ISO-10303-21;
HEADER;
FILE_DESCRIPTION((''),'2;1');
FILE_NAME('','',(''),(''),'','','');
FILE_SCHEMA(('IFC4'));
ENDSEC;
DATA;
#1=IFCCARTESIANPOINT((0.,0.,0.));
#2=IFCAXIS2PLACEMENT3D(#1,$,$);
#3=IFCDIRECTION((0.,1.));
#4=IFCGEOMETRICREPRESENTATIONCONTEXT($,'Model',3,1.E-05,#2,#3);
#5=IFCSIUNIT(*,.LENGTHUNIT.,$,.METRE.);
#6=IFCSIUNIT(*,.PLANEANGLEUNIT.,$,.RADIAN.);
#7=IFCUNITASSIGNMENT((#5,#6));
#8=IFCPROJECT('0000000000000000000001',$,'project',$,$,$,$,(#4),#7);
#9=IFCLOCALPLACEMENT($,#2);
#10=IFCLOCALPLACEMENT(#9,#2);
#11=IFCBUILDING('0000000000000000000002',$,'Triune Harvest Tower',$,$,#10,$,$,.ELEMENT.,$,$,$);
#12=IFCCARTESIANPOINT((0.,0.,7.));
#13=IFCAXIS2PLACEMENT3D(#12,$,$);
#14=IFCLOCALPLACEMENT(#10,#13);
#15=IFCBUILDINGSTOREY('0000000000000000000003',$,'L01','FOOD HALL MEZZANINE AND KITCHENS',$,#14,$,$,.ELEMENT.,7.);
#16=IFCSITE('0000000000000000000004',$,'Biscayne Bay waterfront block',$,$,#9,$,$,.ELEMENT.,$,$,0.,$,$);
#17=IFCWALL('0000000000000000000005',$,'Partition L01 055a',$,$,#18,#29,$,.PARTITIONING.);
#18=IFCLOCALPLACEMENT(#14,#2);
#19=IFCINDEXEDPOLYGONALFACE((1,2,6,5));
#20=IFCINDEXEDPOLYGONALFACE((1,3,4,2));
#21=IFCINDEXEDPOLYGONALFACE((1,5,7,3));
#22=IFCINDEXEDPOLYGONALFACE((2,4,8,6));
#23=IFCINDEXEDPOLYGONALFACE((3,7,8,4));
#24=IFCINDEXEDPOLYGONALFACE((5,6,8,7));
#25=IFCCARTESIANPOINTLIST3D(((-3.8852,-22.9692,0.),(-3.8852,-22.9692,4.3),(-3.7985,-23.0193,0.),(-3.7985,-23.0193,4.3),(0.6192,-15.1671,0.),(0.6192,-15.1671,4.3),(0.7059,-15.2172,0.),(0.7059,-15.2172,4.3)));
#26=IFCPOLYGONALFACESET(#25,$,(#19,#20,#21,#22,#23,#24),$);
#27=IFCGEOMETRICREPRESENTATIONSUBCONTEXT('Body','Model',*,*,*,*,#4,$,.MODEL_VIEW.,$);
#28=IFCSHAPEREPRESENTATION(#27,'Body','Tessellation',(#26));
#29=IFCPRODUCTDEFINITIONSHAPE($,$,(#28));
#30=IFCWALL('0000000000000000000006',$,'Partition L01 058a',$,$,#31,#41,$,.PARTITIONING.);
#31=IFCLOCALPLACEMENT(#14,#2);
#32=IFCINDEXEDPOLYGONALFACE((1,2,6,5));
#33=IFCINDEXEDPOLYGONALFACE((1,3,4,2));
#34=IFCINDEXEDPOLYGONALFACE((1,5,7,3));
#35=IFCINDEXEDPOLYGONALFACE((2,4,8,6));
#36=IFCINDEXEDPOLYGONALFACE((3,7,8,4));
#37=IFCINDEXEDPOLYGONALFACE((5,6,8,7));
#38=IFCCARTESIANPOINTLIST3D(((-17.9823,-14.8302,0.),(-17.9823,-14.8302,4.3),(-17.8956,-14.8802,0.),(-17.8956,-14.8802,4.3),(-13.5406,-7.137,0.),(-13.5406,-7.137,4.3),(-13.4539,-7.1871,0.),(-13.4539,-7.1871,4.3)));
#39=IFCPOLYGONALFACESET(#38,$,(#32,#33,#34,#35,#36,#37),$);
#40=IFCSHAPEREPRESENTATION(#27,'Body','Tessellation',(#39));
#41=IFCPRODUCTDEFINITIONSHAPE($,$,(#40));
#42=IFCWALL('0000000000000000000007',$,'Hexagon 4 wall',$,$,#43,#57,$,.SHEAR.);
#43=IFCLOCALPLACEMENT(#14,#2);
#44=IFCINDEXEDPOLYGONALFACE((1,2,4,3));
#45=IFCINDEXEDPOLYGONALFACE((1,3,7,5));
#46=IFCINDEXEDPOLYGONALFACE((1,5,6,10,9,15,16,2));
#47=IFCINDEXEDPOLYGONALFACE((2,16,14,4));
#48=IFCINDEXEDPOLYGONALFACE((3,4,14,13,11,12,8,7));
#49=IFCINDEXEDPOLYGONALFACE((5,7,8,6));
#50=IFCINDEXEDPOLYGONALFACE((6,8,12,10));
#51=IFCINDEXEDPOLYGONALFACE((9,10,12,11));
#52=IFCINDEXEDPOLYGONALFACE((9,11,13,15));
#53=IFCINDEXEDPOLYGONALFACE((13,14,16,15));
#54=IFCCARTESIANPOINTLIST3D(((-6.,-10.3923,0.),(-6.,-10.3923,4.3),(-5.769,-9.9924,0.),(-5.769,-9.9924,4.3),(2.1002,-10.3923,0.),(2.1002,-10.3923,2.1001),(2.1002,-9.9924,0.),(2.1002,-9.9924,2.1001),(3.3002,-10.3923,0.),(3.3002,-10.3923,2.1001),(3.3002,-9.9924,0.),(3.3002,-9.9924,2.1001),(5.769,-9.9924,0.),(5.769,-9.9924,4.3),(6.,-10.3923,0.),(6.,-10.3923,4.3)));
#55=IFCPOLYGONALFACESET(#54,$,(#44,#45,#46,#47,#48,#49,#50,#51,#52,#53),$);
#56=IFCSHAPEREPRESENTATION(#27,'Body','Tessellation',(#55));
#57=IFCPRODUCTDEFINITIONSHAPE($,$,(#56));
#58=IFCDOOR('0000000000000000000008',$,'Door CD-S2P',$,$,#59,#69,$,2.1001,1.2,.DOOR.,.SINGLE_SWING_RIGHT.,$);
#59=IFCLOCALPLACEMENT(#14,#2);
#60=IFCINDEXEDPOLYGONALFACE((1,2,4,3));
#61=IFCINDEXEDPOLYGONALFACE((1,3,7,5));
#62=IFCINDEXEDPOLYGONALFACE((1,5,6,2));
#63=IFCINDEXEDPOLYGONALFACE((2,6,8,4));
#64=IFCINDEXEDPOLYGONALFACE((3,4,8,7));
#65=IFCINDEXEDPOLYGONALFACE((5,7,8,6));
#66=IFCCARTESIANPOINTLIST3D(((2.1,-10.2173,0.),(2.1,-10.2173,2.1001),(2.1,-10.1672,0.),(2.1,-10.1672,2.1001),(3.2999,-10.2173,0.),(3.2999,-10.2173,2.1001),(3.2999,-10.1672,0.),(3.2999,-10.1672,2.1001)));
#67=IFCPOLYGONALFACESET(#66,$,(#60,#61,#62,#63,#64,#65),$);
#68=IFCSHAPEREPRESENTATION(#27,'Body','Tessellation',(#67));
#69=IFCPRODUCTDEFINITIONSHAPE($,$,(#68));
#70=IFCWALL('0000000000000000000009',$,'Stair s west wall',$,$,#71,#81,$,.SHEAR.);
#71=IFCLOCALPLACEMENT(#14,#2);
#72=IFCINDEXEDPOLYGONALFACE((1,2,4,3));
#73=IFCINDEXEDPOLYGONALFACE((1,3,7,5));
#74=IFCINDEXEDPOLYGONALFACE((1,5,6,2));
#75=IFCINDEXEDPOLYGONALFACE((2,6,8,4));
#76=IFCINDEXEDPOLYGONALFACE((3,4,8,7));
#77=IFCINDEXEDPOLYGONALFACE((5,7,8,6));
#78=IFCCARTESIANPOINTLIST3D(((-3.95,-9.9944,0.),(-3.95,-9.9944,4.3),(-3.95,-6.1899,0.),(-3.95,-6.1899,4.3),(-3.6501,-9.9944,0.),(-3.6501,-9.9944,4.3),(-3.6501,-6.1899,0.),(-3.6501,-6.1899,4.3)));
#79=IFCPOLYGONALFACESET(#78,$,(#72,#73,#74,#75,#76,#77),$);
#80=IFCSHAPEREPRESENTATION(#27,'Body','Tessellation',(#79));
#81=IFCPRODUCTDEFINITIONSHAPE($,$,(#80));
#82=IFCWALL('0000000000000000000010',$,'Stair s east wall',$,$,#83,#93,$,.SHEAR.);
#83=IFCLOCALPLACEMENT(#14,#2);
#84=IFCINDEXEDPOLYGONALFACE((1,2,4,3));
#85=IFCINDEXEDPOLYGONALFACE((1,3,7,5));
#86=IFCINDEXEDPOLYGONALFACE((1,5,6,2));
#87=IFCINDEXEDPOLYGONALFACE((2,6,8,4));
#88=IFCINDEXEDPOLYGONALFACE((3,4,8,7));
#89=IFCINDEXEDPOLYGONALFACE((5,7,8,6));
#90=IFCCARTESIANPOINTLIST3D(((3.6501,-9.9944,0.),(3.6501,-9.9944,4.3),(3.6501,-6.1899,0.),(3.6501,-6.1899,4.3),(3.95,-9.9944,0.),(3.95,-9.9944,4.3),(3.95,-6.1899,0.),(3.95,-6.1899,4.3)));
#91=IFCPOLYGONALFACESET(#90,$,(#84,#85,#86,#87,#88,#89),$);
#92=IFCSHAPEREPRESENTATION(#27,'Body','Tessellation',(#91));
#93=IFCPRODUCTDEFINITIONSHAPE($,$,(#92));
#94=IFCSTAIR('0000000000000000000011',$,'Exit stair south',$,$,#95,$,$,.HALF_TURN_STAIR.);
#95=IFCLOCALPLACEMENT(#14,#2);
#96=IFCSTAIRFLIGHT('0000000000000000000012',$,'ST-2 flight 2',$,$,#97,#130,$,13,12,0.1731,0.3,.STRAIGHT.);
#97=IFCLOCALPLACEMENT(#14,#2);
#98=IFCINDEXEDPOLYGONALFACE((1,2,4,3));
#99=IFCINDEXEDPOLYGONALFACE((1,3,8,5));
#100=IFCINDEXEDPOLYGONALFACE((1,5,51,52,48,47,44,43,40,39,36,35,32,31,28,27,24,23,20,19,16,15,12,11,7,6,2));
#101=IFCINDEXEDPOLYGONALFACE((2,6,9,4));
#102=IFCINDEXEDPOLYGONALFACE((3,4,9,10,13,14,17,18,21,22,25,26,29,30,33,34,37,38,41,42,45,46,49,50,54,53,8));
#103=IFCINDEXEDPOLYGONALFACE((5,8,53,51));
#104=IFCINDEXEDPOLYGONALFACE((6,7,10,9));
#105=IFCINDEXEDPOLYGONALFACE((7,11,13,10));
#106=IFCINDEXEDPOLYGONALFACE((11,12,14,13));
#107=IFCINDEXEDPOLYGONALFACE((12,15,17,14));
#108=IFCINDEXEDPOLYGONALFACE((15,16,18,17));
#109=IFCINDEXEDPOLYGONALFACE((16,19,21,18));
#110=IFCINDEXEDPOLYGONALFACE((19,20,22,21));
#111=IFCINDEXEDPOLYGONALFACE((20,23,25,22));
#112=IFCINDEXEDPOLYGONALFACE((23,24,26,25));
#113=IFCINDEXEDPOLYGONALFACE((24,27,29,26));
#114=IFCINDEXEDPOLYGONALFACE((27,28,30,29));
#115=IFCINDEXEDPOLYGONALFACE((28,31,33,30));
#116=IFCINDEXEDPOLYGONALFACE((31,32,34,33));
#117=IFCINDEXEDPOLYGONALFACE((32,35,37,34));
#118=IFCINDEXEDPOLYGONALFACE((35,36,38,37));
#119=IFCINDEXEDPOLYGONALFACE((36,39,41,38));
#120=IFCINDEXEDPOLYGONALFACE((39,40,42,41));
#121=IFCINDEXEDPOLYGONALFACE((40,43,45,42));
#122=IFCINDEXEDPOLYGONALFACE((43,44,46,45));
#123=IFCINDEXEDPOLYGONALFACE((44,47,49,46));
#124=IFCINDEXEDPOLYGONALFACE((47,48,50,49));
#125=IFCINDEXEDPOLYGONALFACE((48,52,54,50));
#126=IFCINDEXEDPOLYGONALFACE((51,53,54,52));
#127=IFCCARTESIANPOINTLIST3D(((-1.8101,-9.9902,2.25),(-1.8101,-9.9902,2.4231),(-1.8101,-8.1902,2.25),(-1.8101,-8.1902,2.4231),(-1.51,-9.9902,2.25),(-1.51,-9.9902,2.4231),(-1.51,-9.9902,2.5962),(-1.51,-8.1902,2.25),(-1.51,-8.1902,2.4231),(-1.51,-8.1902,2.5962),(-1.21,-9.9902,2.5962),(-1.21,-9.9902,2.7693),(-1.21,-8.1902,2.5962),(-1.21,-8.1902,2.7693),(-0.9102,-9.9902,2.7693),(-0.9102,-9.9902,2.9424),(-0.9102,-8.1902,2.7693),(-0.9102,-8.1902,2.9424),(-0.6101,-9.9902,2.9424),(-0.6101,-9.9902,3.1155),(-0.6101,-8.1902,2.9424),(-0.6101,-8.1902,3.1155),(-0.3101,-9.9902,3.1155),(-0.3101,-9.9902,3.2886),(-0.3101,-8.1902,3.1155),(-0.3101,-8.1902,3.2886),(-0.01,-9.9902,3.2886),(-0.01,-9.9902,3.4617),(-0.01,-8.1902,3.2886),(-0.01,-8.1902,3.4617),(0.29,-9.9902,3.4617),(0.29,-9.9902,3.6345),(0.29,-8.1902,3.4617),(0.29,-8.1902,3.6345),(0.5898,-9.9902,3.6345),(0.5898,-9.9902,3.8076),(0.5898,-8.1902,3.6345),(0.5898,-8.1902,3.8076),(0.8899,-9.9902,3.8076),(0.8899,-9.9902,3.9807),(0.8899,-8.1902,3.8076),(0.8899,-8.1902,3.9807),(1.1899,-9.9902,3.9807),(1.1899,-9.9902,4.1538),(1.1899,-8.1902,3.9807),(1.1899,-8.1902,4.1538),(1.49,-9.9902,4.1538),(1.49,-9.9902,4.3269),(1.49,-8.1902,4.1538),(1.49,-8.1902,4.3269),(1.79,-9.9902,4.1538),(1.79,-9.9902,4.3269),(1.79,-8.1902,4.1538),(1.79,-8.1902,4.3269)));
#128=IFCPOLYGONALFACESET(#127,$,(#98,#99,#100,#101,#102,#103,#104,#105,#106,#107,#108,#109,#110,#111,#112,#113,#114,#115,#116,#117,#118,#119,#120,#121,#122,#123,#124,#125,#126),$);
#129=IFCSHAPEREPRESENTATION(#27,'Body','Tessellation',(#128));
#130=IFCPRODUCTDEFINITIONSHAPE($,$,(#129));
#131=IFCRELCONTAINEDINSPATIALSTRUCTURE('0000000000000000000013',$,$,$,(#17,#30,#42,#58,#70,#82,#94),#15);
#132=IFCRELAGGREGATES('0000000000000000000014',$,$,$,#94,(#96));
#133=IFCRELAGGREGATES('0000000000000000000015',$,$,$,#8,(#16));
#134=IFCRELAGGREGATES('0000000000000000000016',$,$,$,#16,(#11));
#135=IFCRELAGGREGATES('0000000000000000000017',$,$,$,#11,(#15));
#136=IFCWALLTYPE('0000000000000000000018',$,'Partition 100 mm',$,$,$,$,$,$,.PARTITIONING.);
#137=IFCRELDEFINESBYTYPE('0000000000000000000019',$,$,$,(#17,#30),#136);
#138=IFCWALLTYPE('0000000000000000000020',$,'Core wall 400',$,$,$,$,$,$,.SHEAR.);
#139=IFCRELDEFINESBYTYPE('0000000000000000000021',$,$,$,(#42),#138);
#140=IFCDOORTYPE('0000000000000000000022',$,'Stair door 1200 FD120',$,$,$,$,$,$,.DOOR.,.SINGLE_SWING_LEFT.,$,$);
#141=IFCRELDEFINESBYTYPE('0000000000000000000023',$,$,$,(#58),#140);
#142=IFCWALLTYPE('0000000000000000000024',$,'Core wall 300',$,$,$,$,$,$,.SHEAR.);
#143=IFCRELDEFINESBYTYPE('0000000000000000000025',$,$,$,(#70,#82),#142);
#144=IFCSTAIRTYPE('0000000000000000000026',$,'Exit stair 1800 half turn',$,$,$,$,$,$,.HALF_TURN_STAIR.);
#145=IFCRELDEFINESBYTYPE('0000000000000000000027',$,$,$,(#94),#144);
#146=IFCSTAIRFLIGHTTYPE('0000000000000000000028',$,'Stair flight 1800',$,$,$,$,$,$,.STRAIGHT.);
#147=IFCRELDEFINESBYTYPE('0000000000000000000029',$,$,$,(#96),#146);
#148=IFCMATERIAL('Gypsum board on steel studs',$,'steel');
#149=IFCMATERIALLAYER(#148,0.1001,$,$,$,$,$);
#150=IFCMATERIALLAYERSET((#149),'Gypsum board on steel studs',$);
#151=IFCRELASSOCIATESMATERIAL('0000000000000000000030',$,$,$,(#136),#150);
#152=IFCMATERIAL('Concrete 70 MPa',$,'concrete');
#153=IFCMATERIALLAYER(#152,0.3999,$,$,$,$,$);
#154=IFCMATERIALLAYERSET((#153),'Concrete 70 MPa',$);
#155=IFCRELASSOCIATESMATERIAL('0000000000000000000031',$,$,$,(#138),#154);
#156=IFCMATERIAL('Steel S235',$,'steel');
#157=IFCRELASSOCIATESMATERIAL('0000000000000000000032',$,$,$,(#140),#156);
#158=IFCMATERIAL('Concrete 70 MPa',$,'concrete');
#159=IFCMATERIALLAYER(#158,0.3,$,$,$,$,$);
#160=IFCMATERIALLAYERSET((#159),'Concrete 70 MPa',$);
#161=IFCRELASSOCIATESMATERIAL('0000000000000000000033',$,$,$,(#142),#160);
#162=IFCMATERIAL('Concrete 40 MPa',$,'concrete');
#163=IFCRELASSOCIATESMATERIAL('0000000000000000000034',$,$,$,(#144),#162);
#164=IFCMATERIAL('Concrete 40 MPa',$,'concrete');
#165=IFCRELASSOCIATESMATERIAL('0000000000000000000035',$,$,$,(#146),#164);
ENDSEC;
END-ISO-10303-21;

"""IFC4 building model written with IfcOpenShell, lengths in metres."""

from ifc_helpers import new_model, si_unit, direction, frame, frame_2d, origin, place, context, subcontext, project, spatial, polyline, rectangle, outline, extrude, source, transform, mapped, material, layer, layer_set, type_object, element, fill, aggregate, save


model = new_model("IFC4")

# Units and contexts
model_context = context("Model", 3, precision=1e-05, world=origin(), true_north=direction((0.0, 1.0)))
body_context = subcontext(model_context, "Body", "Model", "MODEL_VIEW")
ifc_project = project(units=[si_unit("LENGTHUNIT", "METRE"), si_unit("PLANEANGLEUNIT", "RADIAN")], contexts=[model_context])

# Site, building, storey
site_placement = place(None, origin())
site = spatial("IfcSite", under=ifc_project, at=site_placement, Name="Biscayne Bay waterfront block", CompositionType="ELEMENT", RefElevation=0.0)
building_placement = place(site_placement, origin())
building = spatial("IfcBuilding", under=site, at=building_placement, Name="Triune Harvest Tower", CompositionType="ELEMENT")
storey_placement = place(building_placement, frame((0.0, 0.0, 7.0)))
storey = spatial("IfcBuildingStorey", under=building, at=storey_placement, Name="L01", Description="FOOD HALL MEZZANINE AND KITCHENS", CompositionType="ELEMENT", Elevation=7.0)

# Walls
ifc_material_1 = material(Name="Gypsum board on steel studs", Category="steel")
ifc_layer_1 = layer(ifc_material_1, 0.1001)
ifc_layer_set_1 = layer_set([ifc_layer_1], Name="Gypsum board on steel studs")
wall_type_1 = type_object("IfcWallType", Name="Partition 100 mm", PredefinedType="PARTITIONING", material=ifc_layer_set_1)
wall_1_placement = place(storey_placement, frame((-3.8418, -22.9941, 0.0), z_axis=(0.0, 0.0, 1.0), x_axis=(0.499992, 0.86603, 0.0)))
element("IfcWall", 1, at=wall_1_placement, inside=storey, type_object=wall_type_1, Name="Partition L01 055a", PredefinedType="PARTITIONING", context=body_context, shape_type="SweptSolid", body=[
    extrude(rectangle(XDim=9.009, YDim=0.1001, at=frame_2d((4.5044, 0.0))), origin(), (0.0, 0.0, 1.0), 4.3),
])
wall_2_placement = place(storey_placement, frame((-17.939, -14.8552, 0.0), z_axis=(0.0, 0.0, 1.0), x_axis=(0.500002, 0.866024, 0.0)))
element("IfcWall", 2, at=wall_2_placement, inside=storey, type_object=wall_type_1, Name="Partition L01 058a", PredefinedType="PARTITIONING", context=body_context, shape_type="SweptSolid", body=[
    extrude(rectangle(XDim=8.8833, YDim=0.1001, at=frame_2d((4.4417, 0.0))), origin(), (0.0, 0.0, 1.0), 4.3),
])

# Wall, opening, door
ifc_material_2 = material(Name="Concrete 70 MPa", Category="concrete")
ifc_layer_2 = layer(ifc_material_2, 0.3999)
ifc_layer_set_2 = layer_set([ifc_layer_2], Name="Concrete 70 MPa")
wall_type_2 = type_object("IfcWallType", Name="Core wall 400", PredefinedType="SHEAR", material=ifc_layer_set_2)
shared_shape_1 = source(origin(), body_context, "Body", "SweptSolid", [
    extrude(outline(polyline([(-0.1155, -0.2), (11.8845, -0.2), (11.6536, 0.2), (0.1155, 0.2), (-0.1155, -0.2)])), origin(), (0.0, 0.0, 1.0), 4.3),
])
wall_3_placement = place(storey_placement, frame((-5.8845, -10.1924, 0.0), z_axis=(0.0, 0.0, 1.0), x_axis=(1.0, 0.0, 0.0)))
wall_3 = element("IfcWall", 3, at=wall_3_placement, inside=storey, type_object=wall_type_2, Name="Hexagon 4 wall", PredefinedType="SHEAR", context=body_context, shape_type="MappedRepresentation", body=[
    mapped(shared_shape_1, transform((0.0, 0.0, 0.0), scale=1.0)),
])
opening_1_placement = place(wall_3_placement, frame((7.9846, 0.0, 0.0)))
opening_1 = element("IfcOpeningElement", 4, at=opening_1_placement, cuts=wall_3, PredefinedType="OPENING", context=body_context, shape_type="SweptSolid", body=[
    extrude(rectangle(XDim=1.2, YDim=2.1001, at=frame_2d((0.6001, 1.05))), frame((0.0, 0.21, 0.0), z_axis=(0.0, -1.0, 0.0), x_axis=(1.0, 0.0, 0.0)), (0.0, 0.0, 1.0), 0.4199),
])
ifc_material_3 = material(Name="Steel S235", Category="steel")
door_type_1 = type_object("IfcDoorType", Name="Stair door 1200 FD120", OperationType="SINGLE_SWING_LEFT", PredefinedType="DOOR", material=ifc_material_3)
door_1_placement = place(opening_1_placement, frame((1.2, 0.0, 0.0), z_axis=(0.0, 0.0, 1.0), x_axis=(-1.0, 0.0, 0.0)))
door_1 = element("IfcDoor", 5, at=door_1_placement, inside=storey, type_object=door_type_1, Name="Door CD-S2P", OperationType="SINGLE_SWING_RIGHT", OverallHeight=2.1001, OverallWidth=1.2, PredefinedType="DOOR", context=body_context, shape_type="SweptSolid", body=[
    extrude(rectangle(XDim=1.2, YDim=2.1001, at=frame_2d((0.6001, 1.05))), frame((0.0, 0.0249, 0.0), z_axis=(0.0, -1.0, 0.0), x_axis=(1.0, 0.0, 0.0)), (0.0, 0.0, 1.0), 0.05),
])
fill(opening_1, door_1)

# Walls
ifc_material_4 = material(Name="Concrete 70 MPa", Category="concrete")
ifc_layer_3 = layer(ifc_material_4, 0.3)
ifc_layer_set_3 = layer_set([ifc_layer_3], Name="Concrete 70 MPa")
wall_type_3 = type_object("IfcWallType", Name="Core wall 300", PredefinedType="SHEAR", material=ifc_layer_set_3)
shared_shape_2 = source(origin(), body_context, "Body", "SweptSolid", [
    extrude(outline(polyline([(3.8, -0.1499), (-0.0044, -0.1499), (-0.0044, 0.1499), (3.8, 0.1499), (3.8, -0.1499)])), origin(), (0.0, 0.0, 1.0), 4.3),
])
for number, where, z_axis, x_axis, name in (
    (6, (-3.8, -9.99, 0.0), (0.0, 0.0, 1.0), (0.0, 1.0, 0.0), "Stair s west wall"),
    (7, (3.8, -9.99, 0.0), (0.0, 0.0, 1.0), (0.0, 1.0, 0.0), "Stair s east wall"),
):
    element("IfcWall", number, at=place(storey_placement, frame(where, z_axis=z_axis, x_axis=x_axis)), inside=storey, type_object=wall_type_3, Name=name, PredefinedType="SHEAR", context=body_context, shape_type="MappedRepresentation", body=[
        mapped(shared_shape_2, transform((0.0, 0.0, 0.0), scale=1.0)),
    ])

# Stair, stair flight
ifc_material_5 = material(Name="Concrete 40 MPa", Category="concrete")
stair_type = type_object("IfcStairType", Name="Exit stair 1800 half turn", PredefinedType="HALF_TURN_STAIR", material=ifc_material_5)
stair_placement = place(storey_placement, origin())
stair = element("IfcStair", 8, at=stair_placement, inside=storey, type_object=stair_type, Name="Exit stair south", PredefinedType="HALF_TURN_STAIR")
ifc_material_6 = material(Name="Concrete 40 MPa", Category="concrete")
stair_flight_type = type_object("IfcStairFlightType", Name="Stair flight 1800", PredefinedType="STRAIGHT", material=ifc_material_6)
shared_shape_3 = source(origin(), body_context, "Body", "SweptSolid", [
    extrude(outline(polyline([(0.0, 0.0), (0.0, 0.1731), (0.3, 0.1731), (0.3, 0.3462), (0.6001, 0.3462), (0.6001, 0.5193), (0.8999, 0.5193), (0.8999, 0.6924), (1.2, 0.6924), (1.2, 0.8655), (1.5, 0.8655), (1.5, 1.0386), (1.8, 1.0386), (1.8, 1.2117), (2.1001, 1.2117), (2.1001, 1.3845), (2.3999, 1.3845), (2.3999, 1.5576), (2.7, 1.5576), (2.7, 1.7307), (3.0, 1.7307), (3.0, 1.9038), (3.3, 1.9038), (3.3, 2.0769), (3.6001, 2.0769), (3.6001, 2.25), (3.6001, 1.9038), (0.3, 0.0), (0.0, 0.0)])), frame((0.0, 0.8999, 0.0), z_axis=(0.0, -1.0, 0.0), x_axis=(1.0, 0.0, 0.0)), (0.0, 0.0, 1.0), 1.8),
])
stair_flight_placement = place(storey_placement, frame((-1.8101, -9.0901, 2.25), z_axis=(0.0, 0.0, 1.0), x_axis=(1.0, 0.0, 0.0)))
stair_flight = element("IfcStairFlight", 9, at=stair_flight_placement, type_object=stair_flight_type, Name="ST-2 flight 2", NumberOfRisers=13, NumberOfTreads=12, PredefinedType="STRAIGHT", RiserHeight=0.1731, TreadLength=0.3, context=body_context, shape_type="MappedRepresentation", body=[
    mapped(shared_shape_3, transform((0.0, 0.0, 0.0), scale=1.0)),
])
aggregate(stair, [stair_flight])

save(model, "model.ifc")
